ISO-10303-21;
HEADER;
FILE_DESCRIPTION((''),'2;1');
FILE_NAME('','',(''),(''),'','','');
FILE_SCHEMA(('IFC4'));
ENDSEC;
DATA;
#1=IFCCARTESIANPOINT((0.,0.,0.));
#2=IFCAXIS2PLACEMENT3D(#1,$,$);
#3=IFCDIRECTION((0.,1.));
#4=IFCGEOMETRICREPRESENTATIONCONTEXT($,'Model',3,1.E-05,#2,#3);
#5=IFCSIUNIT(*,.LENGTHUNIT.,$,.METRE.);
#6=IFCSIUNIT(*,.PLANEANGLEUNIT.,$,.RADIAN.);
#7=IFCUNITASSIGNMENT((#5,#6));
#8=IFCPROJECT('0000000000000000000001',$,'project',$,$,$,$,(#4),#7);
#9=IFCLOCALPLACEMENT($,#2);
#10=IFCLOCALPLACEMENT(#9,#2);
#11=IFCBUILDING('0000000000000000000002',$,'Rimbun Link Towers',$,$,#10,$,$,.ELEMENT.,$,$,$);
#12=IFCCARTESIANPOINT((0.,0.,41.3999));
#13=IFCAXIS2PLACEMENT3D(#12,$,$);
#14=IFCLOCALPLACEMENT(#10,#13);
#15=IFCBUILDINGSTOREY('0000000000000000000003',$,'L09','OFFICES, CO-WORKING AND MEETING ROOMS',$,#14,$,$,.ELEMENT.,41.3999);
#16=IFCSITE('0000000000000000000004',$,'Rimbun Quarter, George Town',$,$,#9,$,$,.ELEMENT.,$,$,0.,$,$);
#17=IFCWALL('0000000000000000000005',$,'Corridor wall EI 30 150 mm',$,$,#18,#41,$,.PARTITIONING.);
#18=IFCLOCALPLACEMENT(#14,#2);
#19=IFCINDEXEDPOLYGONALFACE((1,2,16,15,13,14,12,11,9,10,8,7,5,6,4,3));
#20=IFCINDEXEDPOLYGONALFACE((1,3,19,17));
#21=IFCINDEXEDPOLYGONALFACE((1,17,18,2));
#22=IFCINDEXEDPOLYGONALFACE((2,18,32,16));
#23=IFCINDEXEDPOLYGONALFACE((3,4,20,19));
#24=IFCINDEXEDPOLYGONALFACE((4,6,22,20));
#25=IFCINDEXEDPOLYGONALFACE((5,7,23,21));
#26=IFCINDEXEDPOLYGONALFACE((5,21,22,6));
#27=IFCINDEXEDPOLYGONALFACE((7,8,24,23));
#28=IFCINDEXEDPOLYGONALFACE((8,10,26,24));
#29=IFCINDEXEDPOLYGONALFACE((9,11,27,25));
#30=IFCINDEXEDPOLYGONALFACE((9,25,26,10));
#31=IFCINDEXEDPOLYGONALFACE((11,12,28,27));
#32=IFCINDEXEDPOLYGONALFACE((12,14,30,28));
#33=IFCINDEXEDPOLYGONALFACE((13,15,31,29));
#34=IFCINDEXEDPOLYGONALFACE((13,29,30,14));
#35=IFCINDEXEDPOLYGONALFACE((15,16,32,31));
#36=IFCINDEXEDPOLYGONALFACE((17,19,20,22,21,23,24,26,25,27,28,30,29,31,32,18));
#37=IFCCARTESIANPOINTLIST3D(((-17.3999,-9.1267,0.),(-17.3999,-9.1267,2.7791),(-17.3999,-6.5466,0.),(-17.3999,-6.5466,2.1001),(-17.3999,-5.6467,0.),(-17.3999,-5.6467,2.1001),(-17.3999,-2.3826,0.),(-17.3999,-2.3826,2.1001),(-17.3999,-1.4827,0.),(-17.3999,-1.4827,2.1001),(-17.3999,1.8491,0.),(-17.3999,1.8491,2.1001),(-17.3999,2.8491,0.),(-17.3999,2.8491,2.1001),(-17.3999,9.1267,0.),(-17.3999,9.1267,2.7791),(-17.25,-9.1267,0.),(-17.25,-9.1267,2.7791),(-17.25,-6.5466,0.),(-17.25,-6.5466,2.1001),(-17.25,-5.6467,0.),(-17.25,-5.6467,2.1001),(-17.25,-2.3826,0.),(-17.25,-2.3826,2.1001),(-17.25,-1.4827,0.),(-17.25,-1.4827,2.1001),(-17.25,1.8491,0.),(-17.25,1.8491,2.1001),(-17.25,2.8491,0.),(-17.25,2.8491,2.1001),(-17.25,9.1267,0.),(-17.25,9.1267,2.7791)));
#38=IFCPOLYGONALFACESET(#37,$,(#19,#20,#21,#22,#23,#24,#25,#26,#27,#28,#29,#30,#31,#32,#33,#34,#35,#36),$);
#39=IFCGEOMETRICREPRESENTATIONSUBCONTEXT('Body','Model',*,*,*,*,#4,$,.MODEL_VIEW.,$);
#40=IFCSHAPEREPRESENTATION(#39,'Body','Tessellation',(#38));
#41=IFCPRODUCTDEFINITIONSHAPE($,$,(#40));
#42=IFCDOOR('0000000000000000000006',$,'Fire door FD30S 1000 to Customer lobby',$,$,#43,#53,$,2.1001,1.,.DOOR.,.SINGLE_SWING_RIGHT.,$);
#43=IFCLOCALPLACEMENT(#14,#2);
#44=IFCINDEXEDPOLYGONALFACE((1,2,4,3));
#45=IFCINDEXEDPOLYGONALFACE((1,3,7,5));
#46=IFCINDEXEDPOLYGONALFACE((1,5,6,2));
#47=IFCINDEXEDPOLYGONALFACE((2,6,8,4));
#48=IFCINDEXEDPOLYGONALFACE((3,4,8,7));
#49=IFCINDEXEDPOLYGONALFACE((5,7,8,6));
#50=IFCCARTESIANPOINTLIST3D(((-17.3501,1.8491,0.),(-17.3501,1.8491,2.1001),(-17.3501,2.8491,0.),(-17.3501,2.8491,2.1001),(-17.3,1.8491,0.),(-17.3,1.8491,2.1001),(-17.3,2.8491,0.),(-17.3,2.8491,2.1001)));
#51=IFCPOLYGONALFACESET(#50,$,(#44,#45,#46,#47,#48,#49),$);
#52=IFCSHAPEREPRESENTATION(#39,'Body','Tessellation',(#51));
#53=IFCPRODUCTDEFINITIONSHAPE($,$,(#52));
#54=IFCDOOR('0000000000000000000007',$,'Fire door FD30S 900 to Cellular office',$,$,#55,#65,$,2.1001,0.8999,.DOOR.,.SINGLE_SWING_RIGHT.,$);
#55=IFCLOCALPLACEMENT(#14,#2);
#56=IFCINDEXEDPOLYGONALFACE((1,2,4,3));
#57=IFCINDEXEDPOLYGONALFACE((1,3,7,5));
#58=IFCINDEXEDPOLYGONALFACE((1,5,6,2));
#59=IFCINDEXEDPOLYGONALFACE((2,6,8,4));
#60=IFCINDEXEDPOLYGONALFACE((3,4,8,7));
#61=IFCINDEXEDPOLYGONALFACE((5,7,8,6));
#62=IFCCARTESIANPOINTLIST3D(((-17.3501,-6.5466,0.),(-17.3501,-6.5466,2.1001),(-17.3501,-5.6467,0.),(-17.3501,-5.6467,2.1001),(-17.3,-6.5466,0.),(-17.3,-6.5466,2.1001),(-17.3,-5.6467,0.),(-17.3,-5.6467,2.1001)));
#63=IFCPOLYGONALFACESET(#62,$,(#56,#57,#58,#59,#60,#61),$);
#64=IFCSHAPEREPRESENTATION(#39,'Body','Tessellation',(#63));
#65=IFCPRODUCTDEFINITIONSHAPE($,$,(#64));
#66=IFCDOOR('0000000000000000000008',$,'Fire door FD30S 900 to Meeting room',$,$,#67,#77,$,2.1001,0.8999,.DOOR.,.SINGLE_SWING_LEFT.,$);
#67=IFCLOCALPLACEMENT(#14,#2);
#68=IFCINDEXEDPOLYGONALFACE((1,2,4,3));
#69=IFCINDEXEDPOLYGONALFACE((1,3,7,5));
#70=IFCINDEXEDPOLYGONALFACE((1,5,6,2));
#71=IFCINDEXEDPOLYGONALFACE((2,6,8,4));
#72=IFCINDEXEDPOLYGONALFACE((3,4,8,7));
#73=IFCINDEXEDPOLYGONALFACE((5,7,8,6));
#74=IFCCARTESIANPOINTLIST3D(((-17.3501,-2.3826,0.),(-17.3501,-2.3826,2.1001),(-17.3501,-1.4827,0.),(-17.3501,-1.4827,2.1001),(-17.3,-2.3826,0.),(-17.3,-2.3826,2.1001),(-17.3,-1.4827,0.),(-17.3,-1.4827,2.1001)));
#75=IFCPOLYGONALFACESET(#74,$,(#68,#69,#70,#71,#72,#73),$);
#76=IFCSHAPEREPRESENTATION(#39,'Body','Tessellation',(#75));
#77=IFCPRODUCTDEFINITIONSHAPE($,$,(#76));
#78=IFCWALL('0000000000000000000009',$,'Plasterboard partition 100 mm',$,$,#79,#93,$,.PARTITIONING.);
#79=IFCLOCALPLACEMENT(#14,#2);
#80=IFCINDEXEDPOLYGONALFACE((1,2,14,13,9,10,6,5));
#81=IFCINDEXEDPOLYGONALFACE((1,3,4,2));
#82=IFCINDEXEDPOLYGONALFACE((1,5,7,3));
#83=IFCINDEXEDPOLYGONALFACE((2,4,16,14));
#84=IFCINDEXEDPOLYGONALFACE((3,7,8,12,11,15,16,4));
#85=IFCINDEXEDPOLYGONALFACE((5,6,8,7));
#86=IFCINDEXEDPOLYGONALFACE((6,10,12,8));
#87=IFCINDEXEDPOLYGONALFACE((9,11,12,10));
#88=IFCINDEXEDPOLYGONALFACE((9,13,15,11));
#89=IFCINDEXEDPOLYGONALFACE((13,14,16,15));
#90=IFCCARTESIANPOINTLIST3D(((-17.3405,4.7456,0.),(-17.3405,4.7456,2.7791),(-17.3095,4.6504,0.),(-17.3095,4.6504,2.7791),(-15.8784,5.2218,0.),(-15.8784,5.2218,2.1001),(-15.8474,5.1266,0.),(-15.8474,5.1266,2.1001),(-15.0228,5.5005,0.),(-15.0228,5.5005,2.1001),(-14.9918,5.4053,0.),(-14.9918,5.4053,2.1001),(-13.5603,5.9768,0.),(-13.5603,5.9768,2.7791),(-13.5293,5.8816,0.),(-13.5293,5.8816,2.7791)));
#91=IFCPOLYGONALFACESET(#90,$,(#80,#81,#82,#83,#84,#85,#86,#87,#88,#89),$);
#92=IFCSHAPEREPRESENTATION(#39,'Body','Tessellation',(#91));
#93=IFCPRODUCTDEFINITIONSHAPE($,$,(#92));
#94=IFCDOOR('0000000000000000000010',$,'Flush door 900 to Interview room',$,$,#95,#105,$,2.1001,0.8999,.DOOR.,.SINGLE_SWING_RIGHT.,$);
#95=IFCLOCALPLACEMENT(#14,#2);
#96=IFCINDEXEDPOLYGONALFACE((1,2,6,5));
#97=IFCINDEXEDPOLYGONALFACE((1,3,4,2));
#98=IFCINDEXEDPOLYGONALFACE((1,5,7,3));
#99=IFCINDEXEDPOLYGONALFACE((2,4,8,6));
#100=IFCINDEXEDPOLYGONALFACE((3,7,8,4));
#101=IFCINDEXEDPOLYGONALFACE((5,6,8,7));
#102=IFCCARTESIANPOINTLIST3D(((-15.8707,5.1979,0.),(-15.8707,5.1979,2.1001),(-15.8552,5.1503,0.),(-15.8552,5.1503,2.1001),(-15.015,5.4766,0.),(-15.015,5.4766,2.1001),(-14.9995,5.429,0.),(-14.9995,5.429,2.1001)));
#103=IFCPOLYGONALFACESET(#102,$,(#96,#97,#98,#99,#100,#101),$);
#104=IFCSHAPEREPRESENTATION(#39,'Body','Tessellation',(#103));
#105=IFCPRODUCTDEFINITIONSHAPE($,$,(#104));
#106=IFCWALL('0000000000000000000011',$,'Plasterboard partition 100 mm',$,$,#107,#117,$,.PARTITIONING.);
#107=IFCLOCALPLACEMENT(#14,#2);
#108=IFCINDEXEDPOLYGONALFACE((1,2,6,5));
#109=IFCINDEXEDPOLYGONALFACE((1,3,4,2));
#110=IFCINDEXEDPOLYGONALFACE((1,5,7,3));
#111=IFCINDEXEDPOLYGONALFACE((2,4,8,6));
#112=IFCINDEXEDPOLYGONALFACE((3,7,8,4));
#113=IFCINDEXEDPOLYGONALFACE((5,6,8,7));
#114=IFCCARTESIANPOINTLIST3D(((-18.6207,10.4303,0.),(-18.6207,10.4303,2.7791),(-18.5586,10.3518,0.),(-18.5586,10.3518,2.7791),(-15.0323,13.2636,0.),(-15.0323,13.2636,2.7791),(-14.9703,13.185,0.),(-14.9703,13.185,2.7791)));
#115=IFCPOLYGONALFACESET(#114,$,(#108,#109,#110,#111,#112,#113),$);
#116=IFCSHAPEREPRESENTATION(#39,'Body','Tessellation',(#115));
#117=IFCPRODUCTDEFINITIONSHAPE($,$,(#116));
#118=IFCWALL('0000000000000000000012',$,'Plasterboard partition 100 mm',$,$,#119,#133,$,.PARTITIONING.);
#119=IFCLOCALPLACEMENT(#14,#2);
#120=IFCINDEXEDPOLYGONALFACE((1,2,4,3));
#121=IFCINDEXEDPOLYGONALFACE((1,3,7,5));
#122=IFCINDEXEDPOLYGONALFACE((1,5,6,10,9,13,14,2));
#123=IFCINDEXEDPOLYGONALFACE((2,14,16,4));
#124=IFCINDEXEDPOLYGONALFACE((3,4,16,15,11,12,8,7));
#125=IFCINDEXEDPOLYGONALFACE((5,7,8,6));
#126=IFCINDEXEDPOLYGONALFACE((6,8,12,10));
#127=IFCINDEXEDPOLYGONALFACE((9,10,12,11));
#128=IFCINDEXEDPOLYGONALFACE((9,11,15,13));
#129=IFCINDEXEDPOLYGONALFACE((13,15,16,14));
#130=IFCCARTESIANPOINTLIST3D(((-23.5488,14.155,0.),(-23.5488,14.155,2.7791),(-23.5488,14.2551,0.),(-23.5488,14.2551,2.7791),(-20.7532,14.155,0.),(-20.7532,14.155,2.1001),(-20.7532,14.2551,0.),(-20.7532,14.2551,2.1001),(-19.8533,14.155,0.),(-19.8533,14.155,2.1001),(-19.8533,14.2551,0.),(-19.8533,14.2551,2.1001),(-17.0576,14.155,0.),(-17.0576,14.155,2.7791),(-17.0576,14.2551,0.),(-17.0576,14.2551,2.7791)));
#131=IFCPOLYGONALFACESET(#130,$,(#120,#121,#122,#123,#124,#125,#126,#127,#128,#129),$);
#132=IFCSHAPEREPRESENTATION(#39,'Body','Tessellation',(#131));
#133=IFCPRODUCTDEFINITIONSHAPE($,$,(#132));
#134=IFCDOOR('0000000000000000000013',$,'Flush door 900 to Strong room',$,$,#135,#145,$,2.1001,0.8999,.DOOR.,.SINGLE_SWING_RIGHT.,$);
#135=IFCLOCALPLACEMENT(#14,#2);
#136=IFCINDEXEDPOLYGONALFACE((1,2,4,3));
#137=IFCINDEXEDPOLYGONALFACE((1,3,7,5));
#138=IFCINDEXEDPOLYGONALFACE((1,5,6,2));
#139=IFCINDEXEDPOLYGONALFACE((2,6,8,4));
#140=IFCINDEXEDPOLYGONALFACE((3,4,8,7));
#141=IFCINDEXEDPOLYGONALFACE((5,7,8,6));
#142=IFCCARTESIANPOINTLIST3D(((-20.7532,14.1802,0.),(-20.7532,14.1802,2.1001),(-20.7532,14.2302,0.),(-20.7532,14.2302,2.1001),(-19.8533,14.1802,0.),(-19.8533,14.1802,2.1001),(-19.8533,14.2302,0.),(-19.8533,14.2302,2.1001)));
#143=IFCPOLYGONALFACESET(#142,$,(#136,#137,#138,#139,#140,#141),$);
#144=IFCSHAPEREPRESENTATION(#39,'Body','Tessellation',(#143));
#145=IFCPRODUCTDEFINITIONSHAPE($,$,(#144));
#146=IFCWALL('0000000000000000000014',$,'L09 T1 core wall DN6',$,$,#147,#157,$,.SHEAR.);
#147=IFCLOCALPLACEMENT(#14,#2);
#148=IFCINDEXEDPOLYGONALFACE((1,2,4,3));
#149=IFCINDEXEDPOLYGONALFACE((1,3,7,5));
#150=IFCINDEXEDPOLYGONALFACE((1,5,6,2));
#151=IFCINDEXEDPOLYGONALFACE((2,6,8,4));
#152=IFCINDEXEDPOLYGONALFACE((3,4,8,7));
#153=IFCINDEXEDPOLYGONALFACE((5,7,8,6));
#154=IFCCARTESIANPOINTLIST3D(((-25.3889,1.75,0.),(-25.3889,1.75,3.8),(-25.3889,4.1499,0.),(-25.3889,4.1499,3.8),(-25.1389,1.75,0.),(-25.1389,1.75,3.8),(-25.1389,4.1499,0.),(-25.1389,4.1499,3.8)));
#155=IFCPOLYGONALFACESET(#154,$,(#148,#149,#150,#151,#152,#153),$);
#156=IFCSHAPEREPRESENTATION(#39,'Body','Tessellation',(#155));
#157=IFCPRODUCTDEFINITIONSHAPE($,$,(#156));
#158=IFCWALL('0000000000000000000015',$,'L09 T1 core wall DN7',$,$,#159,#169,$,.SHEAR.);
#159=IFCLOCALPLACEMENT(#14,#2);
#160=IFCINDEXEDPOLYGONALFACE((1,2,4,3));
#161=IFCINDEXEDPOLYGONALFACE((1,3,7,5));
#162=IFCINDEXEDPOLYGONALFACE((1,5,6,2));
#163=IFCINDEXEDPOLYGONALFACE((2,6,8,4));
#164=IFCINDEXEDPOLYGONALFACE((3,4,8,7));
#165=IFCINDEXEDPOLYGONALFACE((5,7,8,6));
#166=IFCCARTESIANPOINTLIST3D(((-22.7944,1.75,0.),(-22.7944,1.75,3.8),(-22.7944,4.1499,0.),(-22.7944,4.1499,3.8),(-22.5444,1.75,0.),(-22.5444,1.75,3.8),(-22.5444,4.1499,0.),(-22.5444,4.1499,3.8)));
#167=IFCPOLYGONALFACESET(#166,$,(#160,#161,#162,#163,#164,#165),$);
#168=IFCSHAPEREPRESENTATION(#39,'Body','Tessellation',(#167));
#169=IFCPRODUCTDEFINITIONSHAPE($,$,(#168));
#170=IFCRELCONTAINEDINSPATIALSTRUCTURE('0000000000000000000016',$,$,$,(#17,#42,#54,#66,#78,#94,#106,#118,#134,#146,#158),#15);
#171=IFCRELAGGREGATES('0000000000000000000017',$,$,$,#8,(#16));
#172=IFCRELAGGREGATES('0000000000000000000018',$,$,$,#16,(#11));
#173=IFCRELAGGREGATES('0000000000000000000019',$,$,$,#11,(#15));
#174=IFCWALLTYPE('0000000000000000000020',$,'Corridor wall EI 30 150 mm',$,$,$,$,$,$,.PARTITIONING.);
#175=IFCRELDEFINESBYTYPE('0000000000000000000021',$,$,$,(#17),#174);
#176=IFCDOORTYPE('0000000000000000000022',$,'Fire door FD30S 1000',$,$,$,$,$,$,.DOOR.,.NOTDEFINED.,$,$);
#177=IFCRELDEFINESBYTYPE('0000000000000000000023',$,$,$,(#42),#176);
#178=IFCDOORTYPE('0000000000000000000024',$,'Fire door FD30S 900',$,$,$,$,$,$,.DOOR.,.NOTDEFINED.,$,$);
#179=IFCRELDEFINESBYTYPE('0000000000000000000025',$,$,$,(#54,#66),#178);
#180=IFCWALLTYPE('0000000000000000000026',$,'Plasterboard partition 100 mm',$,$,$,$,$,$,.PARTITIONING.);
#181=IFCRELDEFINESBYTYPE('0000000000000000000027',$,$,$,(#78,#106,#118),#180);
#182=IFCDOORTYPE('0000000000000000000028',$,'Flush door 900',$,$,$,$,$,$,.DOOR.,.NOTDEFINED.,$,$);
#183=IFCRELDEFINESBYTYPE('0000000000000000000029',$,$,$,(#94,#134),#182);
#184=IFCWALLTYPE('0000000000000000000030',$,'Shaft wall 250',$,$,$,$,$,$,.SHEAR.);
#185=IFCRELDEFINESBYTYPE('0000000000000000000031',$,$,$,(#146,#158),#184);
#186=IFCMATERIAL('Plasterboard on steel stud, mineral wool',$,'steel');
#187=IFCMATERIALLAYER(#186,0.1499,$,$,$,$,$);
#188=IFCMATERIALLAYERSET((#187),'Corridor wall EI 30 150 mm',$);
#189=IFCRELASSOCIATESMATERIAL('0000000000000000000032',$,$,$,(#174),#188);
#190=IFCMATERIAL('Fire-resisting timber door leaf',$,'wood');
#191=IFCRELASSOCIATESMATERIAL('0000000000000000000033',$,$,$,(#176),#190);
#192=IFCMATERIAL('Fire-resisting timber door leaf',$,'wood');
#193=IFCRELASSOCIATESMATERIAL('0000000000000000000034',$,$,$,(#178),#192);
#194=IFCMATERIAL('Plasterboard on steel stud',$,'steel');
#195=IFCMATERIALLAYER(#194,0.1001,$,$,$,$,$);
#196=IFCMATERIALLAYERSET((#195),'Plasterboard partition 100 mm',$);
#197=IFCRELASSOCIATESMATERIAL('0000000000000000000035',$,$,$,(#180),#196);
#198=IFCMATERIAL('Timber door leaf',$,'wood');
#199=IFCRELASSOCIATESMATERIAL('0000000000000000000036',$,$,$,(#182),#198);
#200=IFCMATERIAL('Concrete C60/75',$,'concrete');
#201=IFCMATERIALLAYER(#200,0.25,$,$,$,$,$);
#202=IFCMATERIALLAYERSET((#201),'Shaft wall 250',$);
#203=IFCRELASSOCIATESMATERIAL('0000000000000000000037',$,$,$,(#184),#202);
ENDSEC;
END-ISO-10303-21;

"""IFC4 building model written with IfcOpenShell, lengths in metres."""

from ifc_helpers import new_model, si_unit, direction, frame, frame_2d, origin, place, context, subcontext, project, spatial, rectangle, extrude, material, layer, layer_set, type_object, element, fill, save


model = new_model("IFC4")

# Units and contexts
model_context = context("Model", 3, precision=1e-05, world=origin(), true_north=direction((0.0, 1.0)))
body_context = subcontext(model_context, "Body", "Model", "MODEL_VIEW")
ifc_project = project(units=[si_unit("LENGTHUNIT", "METRE"), si_unit("PLANEANGLEUNIT", "RADIAN")], contexts=[model_context])

# Site, building, storey
site_placement = place(None, origin())
site = spatial("IfcSite", under=ifc_project, at=site_placement, Name="Rimbun Quarter, George Town", CompositionType="ELEMENT", RefElevation=0.0)
building_placement = place(site_placement, origin())
building = spatial("IfcBuilding", under=site, at=building_placement, Name="Rimbun Link Towers", CompositionType="ELEMENT")
storey_placement = place(building_placement, frame((0.0, 0.0, 41.3999)))
storey = spatial("IfcBuildingStorey", under=building, at=storey_placement, Name="L09", Description="OFFICES, CO-WORKING AND MEETING ROOMS", CompositionType="ELEMENT", Elevation=41.3999)

# Shared definitions
ifc_material_1 = material(Name="Plasterboard on steel stud, mineral wool", Category="steel")
ifc_layer_1 = layer(ifc_material_1, 0.1499)
ifc_layer_set_1 = layer_set([ifc_layer_1], Name="Corridor wall EI 30 150 mm")
wall_type_1 = type_object("IfcWallType", Name="Corridor wall EI 30 150 mm", PredefinedType="PARTITIONING", material=ifc_layer_set_1)

# Wall, openings, doors
wall_1_placement = place(storey_placement, frame((-17.325, 9.1267, 0.0), z_axis=(0.0, 0.0, 1.0), x_axis=(0.0, -1.0, 0.0)))
wall_1 = element("IfcWall", 1, at=wall_1_placement, inside=storey, type_object=wall_type_1, Name="Corridor wall EI 30 150 mm", PredefinedType="PARTITIONING", context=body_context, shape_type="SweptSolid", body=[
    extrude(rectangle(XDim=18.2534, YDim=0.1499, at=frame_2d((9.1267, 0.0))), origin(), (0.0, 0.0, 1.0), 2.7791),
])
opening_1_placement = place(wall_1_placement, frame((14.7734, 0.0, 0.0)))
opening_1 = element("IfcOpeningElement", 2, at=opening_1_placement, cuts=wall_1, PredefinedType="OPENING", context=body_context, shape_type="SweptSolid", body=[
    extrude(rectangle(XDim=0.8999, YDim=2.1001, at=frame_2d((0.45, 1.05))), frame((0.0, 0.085, 0.0), z_axis=(0.0, -1.0, 0.0), x_axis=(1.0, 0.0, 0.0)), (0.0, 0.0, 1.0), 0.1699),
])
opening_2_placement = place(wall_1_placement, frame((10.6094, 0.0, 0.0)))
opening_2 = element("IfcOpeningElement", 3, at=opening_2_placement, cuts=wall_1, PredefinedType="OPENING", context=body_context, shape_type="SweptSolid", body=[
    extrude(rectangle(XDim=0.8999, YDim=2.1001, at=frame_2d((0.45, 1.05))), frame((0.0, 0.085, 0.0), z_axis=(0.0, -1.0, 0.0), x_axis=(1.0, 0.0, 0.0)), (0.0, 0.0, 1.0), 0.1699),
])
opening_3_placement = place(wall_1_placement, frame((6.2776, 0.0, 0.0)))
opening_3 = element("IfcOpeningElement", 4, at=opening_3_placement, cuts=wall_1, PredefinedType="OPENING", context=body_context, shape_type="SweptSolid", body=[
    extrude(rectangle(XDim=1.0, YDim=2.1001, at=frame_2d((0.5, 1.05))), frame((0.0, 0.085, 0.0), z_axis=(0.0, -1.0, 0.0), x_axis=(1.0, 0.0, 0.0)), (0.0, 0.0, 1.0), 0.1699),
])
ifc_material_2 = material(Name="Fire-resisting timber door leaf", Category="wood")
door_type_1 = type_object("IfcDoorType", Name="Fire door FD30S 1000", OperationType="NOTDEFINED", PredefinedType="DOOR", material=ifc_material_2)
door_1_placement = place(opening_3_placement, origin())
door_1 = element("IfcDoor", 5, at=door_1_placement, inside=storey, type_object=door_type_1, Name="Fire door FD30S 1000 to Customer lobby", OperationType="SINGLE_SWING_RIGHT", OverallHeight=2.1001, OverallWidth=1.0, PredefinedType="DOOR", context=body_context, shape_type="SweptSolid", body=[
    extrude(rectangle(XDim=1.0, YDim=2.1001, at=frame_2d((0.5, 1.05))), frame((0.0, 0.0249, 0.0), z_axis=(0.0, -1.0, 0.0), x_axis=(1.0, 0.0, 0.0)), (0.0, 0.0, 1.0), 0.05),
])
fill(opening_3, door_1)
ifc_material_3 = material(Name="Fire-resisting timber door leaf", Category="wood")
door_type_2 = type_object("IfcDoorType", Name="Fire door FD30S 900", OperationType="NOTDEFINED", PredefinedType="DOOR", material=ifc_material_3)
door_2_placement = place(opening_1_placement, origin())
door_2 = element("IfcDoor", 6, at=door_2_placement, inside=storey, type_object=door_type_2, Name="Fire door FD30S 900 to Cellular office", OperationType="SINGLE_SWING_RIGHT", OverallHeight=2.1001, OverallWidth=0.8999, PredefinedType="DOOR", context=body_context, shape_type="SweptSolid", body=[
    extrude(rectangle(XDim=0.8999, YDim=2.1001, at=frame_2d((0.45, 1.05))), frame((0.0, 0.0249, 0.0), z_axis=(0.0, -1.0, 0.0), x_axis=(1.0, 0.0, 0.0)), (0.0, 0.0, 1.0), 0.05),
])
fill(opening_1, door_2)
door_3_placement = place(opening_2_placement, origin())
door_3 = element("IfcDoor", 7, at=door_3_placement, inside=storey, type_object=door_type_2, Name="Fire door FD30S 900 to Meeting room", OperationType="SINGLE_SWING_LEFT", OverallHeight=2.1001, OverallWidth=0.8999, PredefinedType="DOOR", context=body_context, shape_type="SweptSolid", body=[
    extrude(rectangle(XDim=0.8999, YDim=2.1001, at=frame_2d((0.45, 1.05))), frame((0.0, 0.0249, 0.0), z_axis=(0.0, -1.0, 0.0), x_axis=(1.0, 0.0, 0.0)), (0.0, 0.0, 1.0), 0.05),
])
fill(opening_2, door_3)

# Wall, opening, door
ifc_material_4 = material(Name="Plasterboard on steel stud", Category="steel")
ifc_layer_2 = layer(ifc_material_4, 0.1001)
ifc_layer_set_2 = layer_set([ifc_layer_2], Name="Plasterboard partition 100 mm")
wall_type_2 = type_object("IfcWallType", Name="Plasterboard partition 100 mm", PredefinedType="PARTITIONING", material=ifc_layer_set_2)
wall_2_placement = place(storey_placement, frame((-17.325, 4.698, 0.0), z_axis=(0.0, 0.0, 1.0), x_axis=(0.950835, 0.309698, 0.0)))
wall_2 = element("IfcWall", 8, at=wall_2_placement, inside=storey, type_object=wall_type_2, Name="Plasterboard partition 100 mm", PredefinedType="PARTITIONING", context=body_context, shape_type="SweptSolid", body=[
    extrude(rectangle(XDim=3.9756, YDim=0.1001, at=frame_2d((1.9878, 0.0))), origin(), (0.0, 0.0, 1.0), 2.7791),
])
opening_4_placement = place(wall_2_placement, frame((1.5376, 0.0, 0.0)))
opening_4 = element("IfcOpeningElement", 9, at=opening_4_placement, cuts=wall_2, PredefinedType="OPENING", context=body_context, shape_type="SweptSolid", body=[
    extrude(rectangle(XDim=0.8999, YDim=2.1001, at=frame_2d((0.45, 1.05))), frame((0.0, 0.0601, 0.0), z_axis=(0.0, -1.0, 0.0), x_axis=(1.0, 0.0, 0.0)), (0.0, 0.0, 1.0), 0.1201),
])
ifc_material_5 = material(Name="Timber door leaf", Category="wood")
door_type_3 = type_object("IfcDoorType", Name="Flush door 900", OperationType="NOTDEFINED", PredefinedType="DOOR", material=ifc_material_5)
door_4_placement = place(opening_4_placement, origin())
door_4 = element("IfcDoor", 10, at=door_4_placement, inside=storey, type_object=door_type_3, Name="Flush door 900 to Interview room", OperationType="SINGLE_SWING_RIGHT", OverallHeight=2.1001, OverallWidth=0.8999, PredefinedType="DOOR", context=body_context, shape_type="SweptSolid", body=[
    extrude(rectangle(XDim=0.8999, YDim=2.1001, at=frame_2d((0.45, 1.05))), frame((0.0, 0.0249, 0.0), z_axis=(0.0, -1.0, 0.0), x_axis=(1.0, 0.0, 0.0)), (0.0, 0.0, 1.0), 0.05),
])
fill(opening_4, door_4)

# Wall
wall_3_placement = place(storey_placement, frame((-15.0012, 13.2244, 0.0), z_axis=(0.0, 0.0, 1.0), x_axis=(-0.784849, -0.619688, 0.0)))
element("IfcWall", 11, at=wall_3_placement, inside=storey, type_object=wall_type_2, Name="Plasterboard partition 100 mm", PredefinedType="PARTITIONING", context=body_context, shape_type="SweptSolid", body=[
    extrude(rectangle(XDim=4.572, YDim=0.1001, at=frame_2d((2.2861, 0.0))), origin(), (0.0, 0.0, 1.0), 2.7791),
])

# Wall, opening, door
wall_4_placement = place(storey_placement, frame((-17.0576, 14.2051, 0.0), z_axis=(0.0, 0.0, 1.0), x_axis=(-1.0, 0.0, 0.0)))
wall_4 = element("IfcWall", 12, at=wall_4_placement, inside=storey, type_object=wall_type_2, Name="Plasterboard partition 100 mm", PredefinedType="PARTITIONING", context=body_context, shape_type="SweptSolid", body=[
    extrude(rectangle(XDim=6.4912, YDim=0.1001, at=frame_2d((3.2456, 0.0))), origin(), (0.0, 0.0, 1.0), 2.7791),
])
opening_5_placement = place(wall_4_placement, frame((2.7957, 0.0, 0.0)))
opening_5 = element("IfcOpeningElement", 13, at=opening_5_placement, cuts=wall_4, PredefinedType="OPENING", context=body_context, shape_type="SweptSolid", body=[
    extrude(rectangle(XDim=0.8999, YDim=2.1001, at=frame_2d((0.45, 1.05))), frame((0.0, 0.0601, 0.0), z_axis=(0.0, -1.0, 0.0), x_axis=(1.0, 0.0, 0.0)), (0.0, 0.0, 1.0), 0.1201),
])
door_5_placement = place(opening_5_placement, origin())
door_5 = element("IfcDoor", 14, at=door_5_placement, inside=storey, type_object=door_type_3, Name="Flush door 900 to Strong room", OperationType="SINGLE_SWING_RIGHT", OverallHeight=2.1001, OverallWidth=0.8999, PredefinedType="DOOR", context=body_context, shape_type="SweptSolid", body=[
    extrude(rectangle(XDim=0.8999, YDim=2.1001, at=frame_2d((0.45, 1.05))), frame((0.0, 0.0249, 0.0), z_axis=(0.0, -1.0, 0.0), x_axis=(1.0, 0.0, 0.0)), (0.0, 0.0, 1.0), 0.05),
])
fill(opening_5, door_5)

# Walls
ifc_material_6 = material(Name="Concrete C60/75", Category="concrete")
ifc_layer_3 = layer(ifc_material_6, 0.25)
ifc_layer_set_3 = layer_set([ifc_layer_3], Name="Shaft wall 250")
wall_type_3 = type_object("IfcWallType", Name="Shaft wall 250", PredefinedType="SHEAR", material=ifc_layer_set_3)
for number, where, z_axis, x_axis, name in (
    (15, (-25.2639, 1.75, 0.0), (0.0, 0.0, 1.0), (0.0, 1.0, 0.0), "L09 T1 core wall DN6"),
    (16, (-22.6694, 1.75, 0.0), (0.0, 0.0, 1.0), (0.0, 1.0, 0.0), "L09 T1 core wall DN7"),
):
    element("IfcWall", number, at=place(storey_placement, frame(where, z_axis=z_axis, x_axis=x_axis)), inside=storey, type_object=wall_type_3, Name=name, PredefinedType="SHEAR", context=body_context, shape_type="SweptSolid", body=[
        extrude(rectangle(XDim=2.3999, YDim=0.25, at=frame_2d((1.2, 0.0))), origin(), (0.0, 0.0, 1.0), 3.8),
    ])

save(model, "model.ifc")
